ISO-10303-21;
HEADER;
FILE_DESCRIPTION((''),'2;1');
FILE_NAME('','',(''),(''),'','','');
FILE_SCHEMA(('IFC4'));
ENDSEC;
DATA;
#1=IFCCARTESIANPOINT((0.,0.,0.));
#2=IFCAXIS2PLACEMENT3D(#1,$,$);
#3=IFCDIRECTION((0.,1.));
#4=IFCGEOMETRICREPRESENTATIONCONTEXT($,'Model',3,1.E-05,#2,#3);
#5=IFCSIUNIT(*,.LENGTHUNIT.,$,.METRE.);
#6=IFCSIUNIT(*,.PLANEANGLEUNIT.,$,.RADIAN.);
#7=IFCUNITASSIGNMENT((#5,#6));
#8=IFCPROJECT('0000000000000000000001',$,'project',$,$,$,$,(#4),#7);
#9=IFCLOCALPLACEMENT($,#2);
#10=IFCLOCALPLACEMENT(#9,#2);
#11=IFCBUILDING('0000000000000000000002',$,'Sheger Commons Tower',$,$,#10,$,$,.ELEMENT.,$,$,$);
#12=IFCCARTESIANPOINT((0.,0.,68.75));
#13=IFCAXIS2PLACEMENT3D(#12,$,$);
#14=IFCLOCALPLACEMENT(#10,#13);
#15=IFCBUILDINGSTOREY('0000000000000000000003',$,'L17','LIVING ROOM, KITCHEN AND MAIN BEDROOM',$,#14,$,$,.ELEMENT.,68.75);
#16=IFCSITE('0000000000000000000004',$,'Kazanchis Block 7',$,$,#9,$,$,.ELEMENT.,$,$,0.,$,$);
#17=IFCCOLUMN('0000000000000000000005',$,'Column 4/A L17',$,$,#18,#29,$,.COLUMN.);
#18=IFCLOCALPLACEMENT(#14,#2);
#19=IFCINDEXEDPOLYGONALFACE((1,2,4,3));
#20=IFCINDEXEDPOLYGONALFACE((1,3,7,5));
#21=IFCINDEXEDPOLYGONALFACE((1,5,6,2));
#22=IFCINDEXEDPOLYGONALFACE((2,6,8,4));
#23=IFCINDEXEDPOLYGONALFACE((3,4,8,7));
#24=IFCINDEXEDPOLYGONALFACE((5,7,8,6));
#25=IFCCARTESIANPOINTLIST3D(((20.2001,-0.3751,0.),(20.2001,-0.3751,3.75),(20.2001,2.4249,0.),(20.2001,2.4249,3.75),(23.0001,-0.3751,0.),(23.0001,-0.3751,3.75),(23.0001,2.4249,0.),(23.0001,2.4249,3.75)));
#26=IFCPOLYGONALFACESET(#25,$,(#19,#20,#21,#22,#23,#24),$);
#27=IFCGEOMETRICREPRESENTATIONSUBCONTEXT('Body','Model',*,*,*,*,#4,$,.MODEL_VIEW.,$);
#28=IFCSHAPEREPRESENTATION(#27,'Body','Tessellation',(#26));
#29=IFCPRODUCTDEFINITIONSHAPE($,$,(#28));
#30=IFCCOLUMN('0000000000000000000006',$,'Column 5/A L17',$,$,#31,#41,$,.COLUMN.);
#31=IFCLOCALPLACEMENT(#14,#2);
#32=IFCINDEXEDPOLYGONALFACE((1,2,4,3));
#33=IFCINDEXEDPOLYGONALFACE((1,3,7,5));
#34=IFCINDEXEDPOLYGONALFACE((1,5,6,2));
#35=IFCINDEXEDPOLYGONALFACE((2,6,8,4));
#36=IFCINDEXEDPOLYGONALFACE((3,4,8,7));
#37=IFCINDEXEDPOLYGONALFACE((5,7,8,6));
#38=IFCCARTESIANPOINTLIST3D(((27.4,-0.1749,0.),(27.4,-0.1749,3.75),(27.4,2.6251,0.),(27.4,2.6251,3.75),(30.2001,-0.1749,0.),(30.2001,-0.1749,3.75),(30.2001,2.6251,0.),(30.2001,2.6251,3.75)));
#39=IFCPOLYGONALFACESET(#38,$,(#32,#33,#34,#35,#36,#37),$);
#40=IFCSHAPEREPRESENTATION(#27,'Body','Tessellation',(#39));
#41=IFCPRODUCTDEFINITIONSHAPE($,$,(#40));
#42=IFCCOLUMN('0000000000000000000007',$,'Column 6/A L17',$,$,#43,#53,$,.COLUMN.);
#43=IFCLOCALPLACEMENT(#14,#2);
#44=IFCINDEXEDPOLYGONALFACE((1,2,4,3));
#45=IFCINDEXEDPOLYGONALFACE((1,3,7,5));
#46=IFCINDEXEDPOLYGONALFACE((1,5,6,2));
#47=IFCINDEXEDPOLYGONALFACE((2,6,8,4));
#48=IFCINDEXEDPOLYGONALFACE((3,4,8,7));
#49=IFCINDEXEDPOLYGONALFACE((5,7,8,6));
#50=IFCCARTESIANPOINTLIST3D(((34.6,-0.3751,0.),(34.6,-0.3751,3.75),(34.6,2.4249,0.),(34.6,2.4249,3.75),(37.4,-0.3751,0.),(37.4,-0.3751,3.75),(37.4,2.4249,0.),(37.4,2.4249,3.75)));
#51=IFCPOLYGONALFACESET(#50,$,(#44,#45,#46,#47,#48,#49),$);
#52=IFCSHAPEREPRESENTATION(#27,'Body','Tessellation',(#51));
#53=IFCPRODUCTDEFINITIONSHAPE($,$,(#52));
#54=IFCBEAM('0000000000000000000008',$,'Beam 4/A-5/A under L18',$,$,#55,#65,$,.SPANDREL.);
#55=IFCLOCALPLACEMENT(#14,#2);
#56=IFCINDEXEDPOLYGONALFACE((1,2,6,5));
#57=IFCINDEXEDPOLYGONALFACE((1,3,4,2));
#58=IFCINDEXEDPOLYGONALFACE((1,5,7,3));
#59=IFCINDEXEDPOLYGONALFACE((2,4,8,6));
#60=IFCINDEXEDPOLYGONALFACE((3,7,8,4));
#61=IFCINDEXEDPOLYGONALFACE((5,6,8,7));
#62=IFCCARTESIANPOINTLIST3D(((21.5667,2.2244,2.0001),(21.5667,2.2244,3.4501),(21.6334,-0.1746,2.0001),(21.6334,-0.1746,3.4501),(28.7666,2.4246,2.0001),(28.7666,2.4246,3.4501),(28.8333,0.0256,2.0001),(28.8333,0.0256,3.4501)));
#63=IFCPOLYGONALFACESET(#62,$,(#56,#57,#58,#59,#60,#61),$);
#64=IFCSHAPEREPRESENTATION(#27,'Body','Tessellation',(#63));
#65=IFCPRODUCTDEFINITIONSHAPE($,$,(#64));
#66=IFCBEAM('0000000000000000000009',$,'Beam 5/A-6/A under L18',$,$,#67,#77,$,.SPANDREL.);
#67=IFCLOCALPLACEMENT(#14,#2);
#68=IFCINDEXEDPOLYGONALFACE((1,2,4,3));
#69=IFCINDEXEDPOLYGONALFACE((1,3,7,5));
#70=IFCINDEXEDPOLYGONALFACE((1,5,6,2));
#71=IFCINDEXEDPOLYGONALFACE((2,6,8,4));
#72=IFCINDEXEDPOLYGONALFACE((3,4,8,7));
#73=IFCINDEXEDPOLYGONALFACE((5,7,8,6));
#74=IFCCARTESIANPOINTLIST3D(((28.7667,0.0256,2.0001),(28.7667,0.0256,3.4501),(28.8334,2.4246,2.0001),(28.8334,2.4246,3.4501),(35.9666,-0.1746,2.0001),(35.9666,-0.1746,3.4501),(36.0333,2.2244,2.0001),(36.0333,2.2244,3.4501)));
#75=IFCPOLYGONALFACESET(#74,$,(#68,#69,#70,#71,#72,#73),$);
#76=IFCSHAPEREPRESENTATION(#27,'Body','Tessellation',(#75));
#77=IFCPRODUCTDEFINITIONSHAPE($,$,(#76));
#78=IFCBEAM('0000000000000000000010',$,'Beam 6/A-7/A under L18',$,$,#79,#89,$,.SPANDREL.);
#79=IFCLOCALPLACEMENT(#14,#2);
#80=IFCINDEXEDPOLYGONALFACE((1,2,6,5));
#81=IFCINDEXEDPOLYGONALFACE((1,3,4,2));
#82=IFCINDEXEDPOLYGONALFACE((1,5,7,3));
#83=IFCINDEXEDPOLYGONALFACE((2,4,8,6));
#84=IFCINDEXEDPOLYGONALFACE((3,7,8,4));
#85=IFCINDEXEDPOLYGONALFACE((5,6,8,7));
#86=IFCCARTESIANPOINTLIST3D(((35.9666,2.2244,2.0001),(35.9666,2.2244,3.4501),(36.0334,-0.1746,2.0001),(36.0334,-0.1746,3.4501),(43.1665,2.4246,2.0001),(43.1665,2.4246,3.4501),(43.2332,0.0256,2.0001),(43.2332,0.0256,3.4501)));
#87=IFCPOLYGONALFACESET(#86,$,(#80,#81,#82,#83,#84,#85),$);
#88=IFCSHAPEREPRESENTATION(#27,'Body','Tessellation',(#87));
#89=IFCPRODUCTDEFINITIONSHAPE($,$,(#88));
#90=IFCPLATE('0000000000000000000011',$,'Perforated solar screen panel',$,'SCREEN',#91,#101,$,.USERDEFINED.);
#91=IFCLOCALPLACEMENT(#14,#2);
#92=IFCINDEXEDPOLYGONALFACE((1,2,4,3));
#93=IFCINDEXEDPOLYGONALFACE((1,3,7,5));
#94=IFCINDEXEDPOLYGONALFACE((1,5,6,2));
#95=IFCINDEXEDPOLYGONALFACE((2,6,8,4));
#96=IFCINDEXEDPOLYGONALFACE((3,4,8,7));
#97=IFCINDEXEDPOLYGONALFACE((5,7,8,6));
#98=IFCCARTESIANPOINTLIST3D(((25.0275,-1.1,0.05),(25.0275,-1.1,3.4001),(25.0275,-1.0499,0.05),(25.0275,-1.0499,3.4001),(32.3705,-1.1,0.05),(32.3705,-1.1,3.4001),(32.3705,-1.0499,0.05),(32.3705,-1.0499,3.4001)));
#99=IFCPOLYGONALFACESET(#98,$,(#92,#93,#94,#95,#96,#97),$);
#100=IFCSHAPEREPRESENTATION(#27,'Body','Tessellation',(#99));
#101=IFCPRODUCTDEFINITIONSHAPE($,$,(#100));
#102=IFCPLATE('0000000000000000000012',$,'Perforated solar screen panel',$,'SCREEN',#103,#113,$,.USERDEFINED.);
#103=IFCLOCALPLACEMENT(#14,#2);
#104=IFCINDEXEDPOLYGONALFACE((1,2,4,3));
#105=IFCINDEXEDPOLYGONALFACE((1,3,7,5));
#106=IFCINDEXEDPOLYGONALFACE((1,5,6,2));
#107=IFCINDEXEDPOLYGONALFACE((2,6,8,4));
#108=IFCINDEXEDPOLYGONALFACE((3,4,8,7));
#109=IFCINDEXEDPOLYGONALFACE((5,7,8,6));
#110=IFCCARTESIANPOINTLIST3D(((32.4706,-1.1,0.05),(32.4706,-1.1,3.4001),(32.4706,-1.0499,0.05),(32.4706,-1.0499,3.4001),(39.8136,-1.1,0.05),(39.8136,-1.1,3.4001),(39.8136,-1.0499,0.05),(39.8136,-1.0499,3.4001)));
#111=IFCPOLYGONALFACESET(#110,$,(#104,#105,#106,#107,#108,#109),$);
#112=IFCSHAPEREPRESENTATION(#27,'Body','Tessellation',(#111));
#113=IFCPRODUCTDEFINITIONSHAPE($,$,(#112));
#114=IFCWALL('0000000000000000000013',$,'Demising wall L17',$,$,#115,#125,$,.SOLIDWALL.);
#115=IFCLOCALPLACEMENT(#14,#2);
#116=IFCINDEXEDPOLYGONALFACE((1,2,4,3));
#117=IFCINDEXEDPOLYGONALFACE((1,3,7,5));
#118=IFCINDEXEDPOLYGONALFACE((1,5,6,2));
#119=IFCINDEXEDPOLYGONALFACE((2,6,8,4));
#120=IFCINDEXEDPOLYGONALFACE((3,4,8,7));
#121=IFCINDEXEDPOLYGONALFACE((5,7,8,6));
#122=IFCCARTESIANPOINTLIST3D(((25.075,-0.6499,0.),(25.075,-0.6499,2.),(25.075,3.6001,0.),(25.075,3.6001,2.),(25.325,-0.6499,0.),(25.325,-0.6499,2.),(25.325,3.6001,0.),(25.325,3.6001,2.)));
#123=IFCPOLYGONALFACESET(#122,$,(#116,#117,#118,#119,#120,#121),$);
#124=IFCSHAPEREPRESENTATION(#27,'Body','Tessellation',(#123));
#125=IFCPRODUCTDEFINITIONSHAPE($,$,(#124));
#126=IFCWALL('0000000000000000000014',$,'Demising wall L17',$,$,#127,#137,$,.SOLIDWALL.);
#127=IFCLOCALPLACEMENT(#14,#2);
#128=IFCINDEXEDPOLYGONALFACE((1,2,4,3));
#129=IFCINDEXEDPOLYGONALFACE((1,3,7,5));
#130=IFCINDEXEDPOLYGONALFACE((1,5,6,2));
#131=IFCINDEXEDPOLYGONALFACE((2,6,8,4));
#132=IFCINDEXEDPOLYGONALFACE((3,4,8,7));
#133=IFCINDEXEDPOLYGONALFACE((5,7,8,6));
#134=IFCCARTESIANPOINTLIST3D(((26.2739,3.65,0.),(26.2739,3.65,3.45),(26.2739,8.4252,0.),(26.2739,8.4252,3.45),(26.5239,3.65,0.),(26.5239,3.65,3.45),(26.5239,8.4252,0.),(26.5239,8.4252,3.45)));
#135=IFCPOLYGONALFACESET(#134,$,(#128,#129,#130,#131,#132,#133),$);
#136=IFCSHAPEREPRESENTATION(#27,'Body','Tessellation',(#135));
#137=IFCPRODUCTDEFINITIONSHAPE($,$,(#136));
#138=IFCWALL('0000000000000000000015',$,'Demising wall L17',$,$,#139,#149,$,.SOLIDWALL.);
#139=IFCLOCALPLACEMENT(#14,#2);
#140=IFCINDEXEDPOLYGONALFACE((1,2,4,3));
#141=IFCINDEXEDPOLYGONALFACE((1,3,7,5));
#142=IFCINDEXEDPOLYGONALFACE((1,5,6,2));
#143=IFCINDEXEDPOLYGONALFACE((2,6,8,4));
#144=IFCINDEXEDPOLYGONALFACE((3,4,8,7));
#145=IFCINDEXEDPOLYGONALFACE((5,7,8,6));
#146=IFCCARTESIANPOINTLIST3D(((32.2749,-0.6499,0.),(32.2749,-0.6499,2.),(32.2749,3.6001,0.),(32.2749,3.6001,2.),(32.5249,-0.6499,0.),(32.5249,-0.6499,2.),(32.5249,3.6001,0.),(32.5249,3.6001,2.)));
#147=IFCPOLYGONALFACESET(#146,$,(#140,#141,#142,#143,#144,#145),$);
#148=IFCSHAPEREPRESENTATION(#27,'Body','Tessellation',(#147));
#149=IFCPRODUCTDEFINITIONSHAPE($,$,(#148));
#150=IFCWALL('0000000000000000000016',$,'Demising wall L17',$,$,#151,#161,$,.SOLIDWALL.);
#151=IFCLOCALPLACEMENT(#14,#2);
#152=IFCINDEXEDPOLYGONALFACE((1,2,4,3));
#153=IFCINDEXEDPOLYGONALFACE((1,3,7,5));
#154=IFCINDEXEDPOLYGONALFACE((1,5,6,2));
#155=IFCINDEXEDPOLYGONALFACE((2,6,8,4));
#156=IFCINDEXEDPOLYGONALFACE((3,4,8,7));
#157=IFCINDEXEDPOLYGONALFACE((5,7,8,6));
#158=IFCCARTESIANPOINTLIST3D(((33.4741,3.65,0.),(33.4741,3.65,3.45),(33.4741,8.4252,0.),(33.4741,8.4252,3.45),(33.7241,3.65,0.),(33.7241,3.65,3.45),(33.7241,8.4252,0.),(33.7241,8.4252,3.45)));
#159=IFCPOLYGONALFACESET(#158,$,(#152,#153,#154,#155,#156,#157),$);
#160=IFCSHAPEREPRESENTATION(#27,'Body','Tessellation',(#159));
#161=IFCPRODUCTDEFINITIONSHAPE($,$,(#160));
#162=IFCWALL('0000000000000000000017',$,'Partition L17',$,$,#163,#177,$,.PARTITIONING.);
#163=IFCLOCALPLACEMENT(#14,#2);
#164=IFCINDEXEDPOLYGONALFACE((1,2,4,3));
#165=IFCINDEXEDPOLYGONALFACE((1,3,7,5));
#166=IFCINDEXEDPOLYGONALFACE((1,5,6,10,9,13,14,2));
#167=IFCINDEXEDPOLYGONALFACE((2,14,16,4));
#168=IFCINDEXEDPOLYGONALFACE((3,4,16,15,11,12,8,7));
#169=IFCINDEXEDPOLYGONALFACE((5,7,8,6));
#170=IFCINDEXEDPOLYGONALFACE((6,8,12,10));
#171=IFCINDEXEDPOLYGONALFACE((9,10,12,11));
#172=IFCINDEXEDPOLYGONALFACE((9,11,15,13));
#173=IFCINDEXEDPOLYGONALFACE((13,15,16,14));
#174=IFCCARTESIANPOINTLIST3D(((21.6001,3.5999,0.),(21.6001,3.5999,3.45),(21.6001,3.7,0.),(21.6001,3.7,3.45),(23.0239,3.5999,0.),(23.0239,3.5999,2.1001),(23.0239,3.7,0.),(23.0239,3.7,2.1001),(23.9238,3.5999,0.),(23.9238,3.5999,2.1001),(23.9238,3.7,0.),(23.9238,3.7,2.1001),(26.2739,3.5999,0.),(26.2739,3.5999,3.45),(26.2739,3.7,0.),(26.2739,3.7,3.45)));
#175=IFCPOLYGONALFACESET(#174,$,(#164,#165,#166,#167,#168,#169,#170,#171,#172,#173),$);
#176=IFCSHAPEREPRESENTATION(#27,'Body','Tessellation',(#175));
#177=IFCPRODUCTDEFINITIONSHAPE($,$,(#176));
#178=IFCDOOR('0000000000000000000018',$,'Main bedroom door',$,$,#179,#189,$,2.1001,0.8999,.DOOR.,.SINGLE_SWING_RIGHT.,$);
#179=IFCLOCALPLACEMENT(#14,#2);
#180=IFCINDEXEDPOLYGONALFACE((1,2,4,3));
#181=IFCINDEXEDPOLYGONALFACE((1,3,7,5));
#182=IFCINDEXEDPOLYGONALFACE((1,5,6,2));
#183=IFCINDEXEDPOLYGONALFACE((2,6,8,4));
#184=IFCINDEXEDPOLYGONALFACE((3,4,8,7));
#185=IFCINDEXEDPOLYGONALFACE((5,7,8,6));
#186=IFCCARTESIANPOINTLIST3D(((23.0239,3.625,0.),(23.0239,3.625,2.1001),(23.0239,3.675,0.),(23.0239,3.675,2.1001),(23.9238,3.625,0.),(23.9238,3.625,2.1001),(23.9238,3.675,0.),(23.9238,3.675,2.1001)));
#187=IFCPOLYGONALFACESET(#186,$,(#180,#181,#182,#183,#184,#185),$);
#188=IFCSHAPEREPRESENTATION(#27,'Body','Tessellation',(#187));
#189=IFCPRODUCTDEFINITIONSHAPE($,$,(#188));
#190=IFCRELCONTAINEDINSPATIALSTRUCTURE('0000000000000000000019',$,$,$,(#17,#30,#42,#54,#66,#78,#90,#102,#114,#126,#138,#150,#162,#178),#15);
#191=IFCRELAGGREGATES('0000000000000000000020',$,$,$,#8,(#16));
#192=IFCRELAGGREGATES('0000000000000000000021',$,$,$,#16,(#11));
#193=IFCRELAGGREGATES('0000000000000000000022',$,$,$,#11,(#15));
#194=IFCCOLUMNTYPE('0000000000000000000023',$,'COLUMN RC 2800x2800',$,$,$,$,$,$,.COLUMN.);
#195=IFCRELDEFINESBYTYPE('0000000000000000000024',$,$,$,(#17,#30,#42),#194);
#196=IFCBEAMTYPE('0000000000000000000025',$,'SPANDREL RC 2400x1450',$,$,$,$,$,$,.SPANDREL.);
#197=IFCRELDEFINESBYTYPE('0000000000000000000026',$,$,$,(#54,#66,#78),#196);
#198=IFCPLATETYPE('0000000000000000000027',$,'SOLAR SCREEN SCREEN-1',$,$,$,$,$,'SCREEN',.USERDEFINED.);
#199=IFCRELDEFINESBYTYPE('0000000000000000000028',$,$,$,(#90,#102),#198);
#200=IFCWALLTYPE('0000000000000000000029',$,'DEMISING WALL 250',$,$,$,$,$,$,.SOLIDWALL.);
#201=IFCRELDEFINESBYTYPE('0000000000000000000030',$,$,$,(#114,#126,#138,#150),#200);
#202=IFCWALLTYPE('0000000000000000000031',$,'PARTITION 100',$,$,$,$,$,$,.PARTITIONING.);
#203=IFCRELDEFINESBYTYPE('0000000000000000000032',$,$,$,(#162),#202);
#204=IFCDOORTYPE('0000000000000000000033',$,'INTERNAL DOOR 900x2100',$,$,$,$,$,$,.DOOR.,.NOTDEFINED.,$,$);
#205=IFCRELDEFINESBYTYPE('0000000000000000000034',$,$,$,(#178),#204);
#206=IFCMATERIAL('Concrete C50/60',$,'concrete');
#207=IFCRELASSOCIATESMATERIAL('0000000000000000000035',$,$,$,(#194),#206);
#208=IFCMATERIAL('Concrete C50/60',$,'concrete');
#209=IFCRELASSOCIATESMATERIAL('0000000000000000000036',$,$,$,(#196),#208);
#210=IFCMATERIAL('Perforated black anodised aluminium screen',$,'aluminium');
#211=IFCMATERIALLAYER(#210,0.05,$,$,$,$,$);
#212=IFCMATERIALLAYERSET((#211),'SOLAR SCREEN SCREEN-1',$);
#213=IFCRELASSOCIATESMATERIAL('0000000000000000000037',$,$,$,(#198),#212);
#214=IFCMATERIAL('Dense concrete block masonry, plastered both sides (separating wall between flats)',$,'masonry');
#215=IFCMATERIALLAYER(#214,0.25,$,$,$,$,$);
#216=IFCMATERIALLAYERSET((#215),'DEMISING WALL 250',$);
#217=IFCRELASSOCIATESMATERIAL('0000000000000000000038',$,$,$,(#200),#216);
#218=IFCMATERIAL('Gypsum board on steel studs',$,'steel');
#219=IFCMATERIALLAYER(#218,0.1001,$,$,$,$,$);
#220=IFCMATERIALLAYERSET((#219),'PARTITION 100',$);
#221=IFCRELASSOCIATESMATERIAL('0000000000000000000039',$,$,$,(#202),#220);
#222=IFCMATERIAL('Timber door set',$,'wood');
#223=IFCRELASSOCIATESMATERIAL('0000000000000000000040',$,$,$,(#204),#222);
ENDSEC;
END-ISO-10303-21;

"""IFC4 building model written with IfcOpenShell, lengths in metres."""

from ifc_helpers import new_model, si_unit, direction, frame, frame_2d, origin, origin_2d, place, context, subcontext, project, spatial, rectangle, extrude, material, layer, layer_set, material_profile, profile_set, type_object, element, fill, save


model = new_model("IFC4")

# Units and contexts
model_context = context("Model", 3, precision=1e-05, world=origin(), true_north=direction((0.0, 1.0)))
body_context = subcontext(model_context, "Body", "Model", "MODEL_VIEW")
ifc_project = project(units=[si_unit("LENGTHUNIT", "METRE"), si_unit("PLANEANGLEUNIT", "RADIAN")], contexts=[model_context])

# Site, building, storey
site_placement = place(None, origin())
site = spatial("IfcSite", under=ifc_project, at=site_placement, Name="Kazanchis Block 7", CompositionType="ELEMENT", RefElevation=0.0)
building_placement = place(site_placement, origin())
building = spatial("IfcBuilding", under=site, at=building_placement, Name="Sheger Commons Tower", CompositionType="ELEMENT")
storey_placement = place(building_placement, frame((0.0, 0.0, 68.75)))
storey = spatial("IfcBuildingStorey", under=building, at=storey_placement, Name="L17", Description="LIVING ROOM, KITCHEN AND MAIN BEDROOM", CompositionType="ELEMENT", Elevation=68.75)

# Columns
ifc_material_1 = material(Name="Concrete C50/60", Category="concrete")
ifc_material_profile_1 = material_profile(ifc_material_1, rectangle(XDim=2.8, YDim=2.8, at=origin_2d()), Name="RC 2800x2800")
ifc_profile_set_1 = profile_set([ifc_material_profile_1], Name="Concrete C50/60")
column_type = type_object("IfcColumnType", Name="COLUMN RC 2800x2800", PredefinedType="COLUMN", material=ifc_profile_set_1)
for number, where, z_axis, x_axis, name in (
    (1, (21.6001, 1.0249, 0.0), (0.0, 0.0, 1.0), (1.0, 0.0, 0.0), "Column 4/A L17"),
    (2, (28.8, 1.2251, 0.0), (0.0, 0.0, 1.0), (1.0, 0.0, 0.0), "Column 5/A L17"),
    (3, (36.0, 1.0249, 0.0), (0.0, 0.0, 1.0), (1.0, 0.0, 0.0), "Column 6/A L17"),
):
    element("IfcColumn", number, at=place(storey_placement, frame(where, z_axis=z_axis, x_axis=x_axis)), inside=storey, type_object=column_type, Name=name, PredefinedType="COLUMN", context=body_context, shape_type="SweptSolid", body=[
        extrude(rectangle(XDim=2.8, YDim=2.8, at=origin_2d()), origin(), (0.0, 0.0, 1.0), 3.75),
    ])

# Beams
ifc_material_2 = material(Name="Concrete C50/60", Category="concrete")
ifc_material_profile_2 = material_profile(ifc_material_2, rectangle(XDim=2.3999, YDim=1.45, at=origin_2d()), Name="RC 2400x1450")
ifc_profile_set_2 = profile_set([ifc_material_profile_2], Name="Concrete C50/60")
beam_type = type_object("IfcBeamType", Name="SPANDREL RC 2400x1450", PredefinedType="SPANDREL", material=ifc_profile_set_2)
for number, where, z_axis, x_axis, name in (
    (4, (21.6001, 1.0249, 2.7251), (0.999614, 0.027794, 0.0), (-0.027794, 0.999614, 0.0), "Beam 4/A-5/A under L18"),
    (5, (28.8, 1.2251, 2.7251), (0.999614, -0.027794, 0.0), (0.027794, 0.999614, 0.0), "Beam 5/A-6/A under L18"),
    (6, (36.0, 1.0249, 2.7251), (0.999614, 0.027794, 0.0), (-0.027794, 0.999614, 0.0), "Beam 6/A-7/A under L18"),
):
    element("IfcBeam", number, at=place(storey_placement, frame(where, z_axis=z_axis, x_axis=x_axis)), inside=storey, type_object=beam_type, Name=name, PredefinedType="SPANDREL", context=body_context, shape_type="SweptSolid", body=[
        extrude(rectangle(XDim=2.3999, YDim=1.45, at=origin_2d()), origin(), (0.0, 0.0, 1.0), 7.2026),
    ])

# Plates
ifc_material_3 = material(Name="Perforated black anodised aluminium screen", Category="aluminium")
ifc_layer_1 = layer(ifc_material_3, 0.05)
ifc_layer_set_1 = layer_set([ifc_layer_1], Name="SOLAR SCREEN SCREEN-1")
plate_type = type_object("IfcPlateType", Name="SOLAR SCREEN SCREEN-1", ElementType="SCREEN", PredefinedType="USERDEFINED", material=ifc_layer_set_1)
for number, where, z_axis, x_axis, name in (
    (7, (28.699, -1.075, 0.05), (0.0, 0.0, 1.0), (1.0, 0.0, 0.0), "Perforated solar screen panel"),
    (8, (36.1421, -1.075, 0.05), (0.0, 0.0, 1.0), (1.0, 0.0, 0.0), "Perforated solar screen panel"),
):
    element("IfcPlate", number, at=place(storey_placement, frame(where, z_axis=z_axis, x_axis=x_axis)), inside=storey, type_object=plate_type, Name=name, ObjectType="SCREEN", PredefinedType="USERDEFINED", context=body_context, shape_type="SweptSolid", body=[
        extrude(rectangle(XDim=7.343, YDim=0.05, at=origin_2d()), origin(), (0.0, 0.0, 1.0), 3.3501),
    ])

# Walls
ifc_material_4 = material(Name="Dense concrete block masonry, plastered both sides (separating wall between flats)", Category="masonry")
ifc_layer_2 = layer(ifc_material_4, 0.25)
ifc_layer_set_2 = layer_set([ifc_layer_2], Name="DEMISING WALL 250")
wall_type_1 = type_object("IfcWallType", Name="DEMISING WALL 250", PredefinedType="SOLIDWALL", material=ifc_layer_set_2)
wall_1_placement = place(storey_placement, frame((25.2, -0.6499, 0.0), z_axis=(0.0, 0.0, 1.0), x_axis=(0.0, 1.0, 0.0)))
element("IfcWall", 9, at=wall_1_placement, inside=storey, type_object=wall_type_1, Name="Demising wall L17", PredefinedType="SOLIDWALL", context=body_context, shape_type="SweptSolid", body=[
    extrude(rectangle(XDim=4.25, YDim=0.25, at=frame_2d((2.125, 0.0))), origin(), (0.0, 0.0, 1.0), 2.0),
])
wall_2_placement = place(storey_placement, frame((26.3989, 3.6499, 0.0), z_axis=(0.0, 0.0, 1.0), x_axis=(0.0, 1.0, 0.0)))
element("IfcWall", 10, at=wall_2_placement, inside=storey, type_object=wall_type_1, Name="Demising wall L17", PredefinedType="SOLIDWALL", context=body_context, shape_type="SweptSolid", body=[
    extrude(rectangle(XDim=4.7751, YDim=0.25, at=frame_2d((2.3877, 0.0))), origin(), (0.0, 0.0, 1.0), 3.45),
])
wall_3_placement = place(storey_placement, frame((32.3999, -0.6499, 0.0), z_axis=(0.0, 0.0, 1.0), x_axis=(0.0, 1.0, 0.0)))
element("IfcWall", 11, at=wall_3_placement, inside=storey, type_object=wall_type_1, Name="Demising wall L17", PredefinedType="SOLIDWALL", context=body_context, shape_type="SweptSolid", body=[
    extrude(rectangle(XDim=4.25, YDim=0.25, at=frame_2d((2.125, 0.0))), origin(), (0.0, 0.0, 1.0), 2.0),
])
wall_4_placement = place(storey_placement, frame((33.5991, 3.6499, 0.0), z_axis=(0.0, 0.0, 1.0), x_axis=(0.0, 1.0, 0.0)))
element("IfcWall", 12, at=wall_4_placement, inside=storey, type_object=wall_type_1, Name="Demising wall L17", PredefinedType="SOLIDWALL", context=body_context, shape_type="SweptSolid", body=[
    extrude(rectangle(XDim=4.7751, YDim=0.25, at=frame_2d((2.3877, 0.0))), origin(), (0.0, 0.0, 1.0), 3.45),
])

# Wall, opening, door
ifc_material_5 = material(Name="Gypsum board on steel studs", Category="steel")
ifc_layer_3 = layer(ifc_material_5, 0.1001)
ifc_layer_set_3 = layer_set([ifc_layer_3], Name="PARTITION 100")
wall_type_2 = type_object("IfcWallType", Name="PARTITION 100", PredefinedType="PARTITIONING", material=ifc_layer_set_3)
wall_5_placement = place(storey_placement, frame((26.2739, 3.6499, 0.0), z_axis=(0.0, 0.0, 1.0), x_axis=(-1.0, 0.0, 0.0)))
wall_5 = element("IfcWall", 13, at=wall_5_placement, inside=storey, type_object=wall_type_2, Name="Partition L17", PredefinedType="PARTITIONING", context=body_context, shape_type="SweptSolid", body=[
    extrude(rectangle(XDim=4.6738, YDim=0.1001, at=frame_2d((2.3369, 0.0))), origin(), (0.0, 0.0, 1.0), 3.45),
])
opening_1_placement = place(wall_5_placement, frame((2.3501, 0.0, 0.0)))
opening_1 = element("IfcOpeningElement", 14, at=opening_1_placement, cuts=wall_5, PredefinedType="OPENING", context=body_context, shape_type="SweptSolid", body=[
    extrude(rectangle(XDim=0.8999, YDim=2.1001, at=frame_2d((0.45, 1.05))), frame((0.0, 0.0601, 0.0), z_axis=(0.0, -1.0, 0.0), x_axis=(1.0, 0.0, 0.0)), (0.0, 0.0, 1.0), 0.1201),
])
ifc_material_6 = material(Name="Timber door set", Category="wood")
door_type = type_object("IfcDoorType", Name="INTERNAL DOOR 900x2100", OperationType="NOTDEFINED", PredefinedType="DOOR", material=ifc_material_6)
door_1_placement = place(opening_1_placement, origin())
door_1 = element("IfcDoor", 15, at=door_1_placement, inside=storey, type_object=door_type, Name="Main bedroom door", OperationType="SINGLE_SWING_RIGHT", OverallHeight=2.1001, OverallWidth=0.8999, PredefinedType="DOOR", context=body_context, shape_type="SweptSolid", body=[
    extrude(rectangle(XDim=0.8999, YDim=2.1001, at=frame_2d((0.45, 1.05))), frame((0.0, 0.0249, 0.0), z_axis=(0.0, -1.0, 0.0), x_axis=(1.0, 0.0, 0.0)), (0.0, 0.0, 1.0), 0.05),
])
fill(opening_1, door_1)

save(model, "model.ifc")
